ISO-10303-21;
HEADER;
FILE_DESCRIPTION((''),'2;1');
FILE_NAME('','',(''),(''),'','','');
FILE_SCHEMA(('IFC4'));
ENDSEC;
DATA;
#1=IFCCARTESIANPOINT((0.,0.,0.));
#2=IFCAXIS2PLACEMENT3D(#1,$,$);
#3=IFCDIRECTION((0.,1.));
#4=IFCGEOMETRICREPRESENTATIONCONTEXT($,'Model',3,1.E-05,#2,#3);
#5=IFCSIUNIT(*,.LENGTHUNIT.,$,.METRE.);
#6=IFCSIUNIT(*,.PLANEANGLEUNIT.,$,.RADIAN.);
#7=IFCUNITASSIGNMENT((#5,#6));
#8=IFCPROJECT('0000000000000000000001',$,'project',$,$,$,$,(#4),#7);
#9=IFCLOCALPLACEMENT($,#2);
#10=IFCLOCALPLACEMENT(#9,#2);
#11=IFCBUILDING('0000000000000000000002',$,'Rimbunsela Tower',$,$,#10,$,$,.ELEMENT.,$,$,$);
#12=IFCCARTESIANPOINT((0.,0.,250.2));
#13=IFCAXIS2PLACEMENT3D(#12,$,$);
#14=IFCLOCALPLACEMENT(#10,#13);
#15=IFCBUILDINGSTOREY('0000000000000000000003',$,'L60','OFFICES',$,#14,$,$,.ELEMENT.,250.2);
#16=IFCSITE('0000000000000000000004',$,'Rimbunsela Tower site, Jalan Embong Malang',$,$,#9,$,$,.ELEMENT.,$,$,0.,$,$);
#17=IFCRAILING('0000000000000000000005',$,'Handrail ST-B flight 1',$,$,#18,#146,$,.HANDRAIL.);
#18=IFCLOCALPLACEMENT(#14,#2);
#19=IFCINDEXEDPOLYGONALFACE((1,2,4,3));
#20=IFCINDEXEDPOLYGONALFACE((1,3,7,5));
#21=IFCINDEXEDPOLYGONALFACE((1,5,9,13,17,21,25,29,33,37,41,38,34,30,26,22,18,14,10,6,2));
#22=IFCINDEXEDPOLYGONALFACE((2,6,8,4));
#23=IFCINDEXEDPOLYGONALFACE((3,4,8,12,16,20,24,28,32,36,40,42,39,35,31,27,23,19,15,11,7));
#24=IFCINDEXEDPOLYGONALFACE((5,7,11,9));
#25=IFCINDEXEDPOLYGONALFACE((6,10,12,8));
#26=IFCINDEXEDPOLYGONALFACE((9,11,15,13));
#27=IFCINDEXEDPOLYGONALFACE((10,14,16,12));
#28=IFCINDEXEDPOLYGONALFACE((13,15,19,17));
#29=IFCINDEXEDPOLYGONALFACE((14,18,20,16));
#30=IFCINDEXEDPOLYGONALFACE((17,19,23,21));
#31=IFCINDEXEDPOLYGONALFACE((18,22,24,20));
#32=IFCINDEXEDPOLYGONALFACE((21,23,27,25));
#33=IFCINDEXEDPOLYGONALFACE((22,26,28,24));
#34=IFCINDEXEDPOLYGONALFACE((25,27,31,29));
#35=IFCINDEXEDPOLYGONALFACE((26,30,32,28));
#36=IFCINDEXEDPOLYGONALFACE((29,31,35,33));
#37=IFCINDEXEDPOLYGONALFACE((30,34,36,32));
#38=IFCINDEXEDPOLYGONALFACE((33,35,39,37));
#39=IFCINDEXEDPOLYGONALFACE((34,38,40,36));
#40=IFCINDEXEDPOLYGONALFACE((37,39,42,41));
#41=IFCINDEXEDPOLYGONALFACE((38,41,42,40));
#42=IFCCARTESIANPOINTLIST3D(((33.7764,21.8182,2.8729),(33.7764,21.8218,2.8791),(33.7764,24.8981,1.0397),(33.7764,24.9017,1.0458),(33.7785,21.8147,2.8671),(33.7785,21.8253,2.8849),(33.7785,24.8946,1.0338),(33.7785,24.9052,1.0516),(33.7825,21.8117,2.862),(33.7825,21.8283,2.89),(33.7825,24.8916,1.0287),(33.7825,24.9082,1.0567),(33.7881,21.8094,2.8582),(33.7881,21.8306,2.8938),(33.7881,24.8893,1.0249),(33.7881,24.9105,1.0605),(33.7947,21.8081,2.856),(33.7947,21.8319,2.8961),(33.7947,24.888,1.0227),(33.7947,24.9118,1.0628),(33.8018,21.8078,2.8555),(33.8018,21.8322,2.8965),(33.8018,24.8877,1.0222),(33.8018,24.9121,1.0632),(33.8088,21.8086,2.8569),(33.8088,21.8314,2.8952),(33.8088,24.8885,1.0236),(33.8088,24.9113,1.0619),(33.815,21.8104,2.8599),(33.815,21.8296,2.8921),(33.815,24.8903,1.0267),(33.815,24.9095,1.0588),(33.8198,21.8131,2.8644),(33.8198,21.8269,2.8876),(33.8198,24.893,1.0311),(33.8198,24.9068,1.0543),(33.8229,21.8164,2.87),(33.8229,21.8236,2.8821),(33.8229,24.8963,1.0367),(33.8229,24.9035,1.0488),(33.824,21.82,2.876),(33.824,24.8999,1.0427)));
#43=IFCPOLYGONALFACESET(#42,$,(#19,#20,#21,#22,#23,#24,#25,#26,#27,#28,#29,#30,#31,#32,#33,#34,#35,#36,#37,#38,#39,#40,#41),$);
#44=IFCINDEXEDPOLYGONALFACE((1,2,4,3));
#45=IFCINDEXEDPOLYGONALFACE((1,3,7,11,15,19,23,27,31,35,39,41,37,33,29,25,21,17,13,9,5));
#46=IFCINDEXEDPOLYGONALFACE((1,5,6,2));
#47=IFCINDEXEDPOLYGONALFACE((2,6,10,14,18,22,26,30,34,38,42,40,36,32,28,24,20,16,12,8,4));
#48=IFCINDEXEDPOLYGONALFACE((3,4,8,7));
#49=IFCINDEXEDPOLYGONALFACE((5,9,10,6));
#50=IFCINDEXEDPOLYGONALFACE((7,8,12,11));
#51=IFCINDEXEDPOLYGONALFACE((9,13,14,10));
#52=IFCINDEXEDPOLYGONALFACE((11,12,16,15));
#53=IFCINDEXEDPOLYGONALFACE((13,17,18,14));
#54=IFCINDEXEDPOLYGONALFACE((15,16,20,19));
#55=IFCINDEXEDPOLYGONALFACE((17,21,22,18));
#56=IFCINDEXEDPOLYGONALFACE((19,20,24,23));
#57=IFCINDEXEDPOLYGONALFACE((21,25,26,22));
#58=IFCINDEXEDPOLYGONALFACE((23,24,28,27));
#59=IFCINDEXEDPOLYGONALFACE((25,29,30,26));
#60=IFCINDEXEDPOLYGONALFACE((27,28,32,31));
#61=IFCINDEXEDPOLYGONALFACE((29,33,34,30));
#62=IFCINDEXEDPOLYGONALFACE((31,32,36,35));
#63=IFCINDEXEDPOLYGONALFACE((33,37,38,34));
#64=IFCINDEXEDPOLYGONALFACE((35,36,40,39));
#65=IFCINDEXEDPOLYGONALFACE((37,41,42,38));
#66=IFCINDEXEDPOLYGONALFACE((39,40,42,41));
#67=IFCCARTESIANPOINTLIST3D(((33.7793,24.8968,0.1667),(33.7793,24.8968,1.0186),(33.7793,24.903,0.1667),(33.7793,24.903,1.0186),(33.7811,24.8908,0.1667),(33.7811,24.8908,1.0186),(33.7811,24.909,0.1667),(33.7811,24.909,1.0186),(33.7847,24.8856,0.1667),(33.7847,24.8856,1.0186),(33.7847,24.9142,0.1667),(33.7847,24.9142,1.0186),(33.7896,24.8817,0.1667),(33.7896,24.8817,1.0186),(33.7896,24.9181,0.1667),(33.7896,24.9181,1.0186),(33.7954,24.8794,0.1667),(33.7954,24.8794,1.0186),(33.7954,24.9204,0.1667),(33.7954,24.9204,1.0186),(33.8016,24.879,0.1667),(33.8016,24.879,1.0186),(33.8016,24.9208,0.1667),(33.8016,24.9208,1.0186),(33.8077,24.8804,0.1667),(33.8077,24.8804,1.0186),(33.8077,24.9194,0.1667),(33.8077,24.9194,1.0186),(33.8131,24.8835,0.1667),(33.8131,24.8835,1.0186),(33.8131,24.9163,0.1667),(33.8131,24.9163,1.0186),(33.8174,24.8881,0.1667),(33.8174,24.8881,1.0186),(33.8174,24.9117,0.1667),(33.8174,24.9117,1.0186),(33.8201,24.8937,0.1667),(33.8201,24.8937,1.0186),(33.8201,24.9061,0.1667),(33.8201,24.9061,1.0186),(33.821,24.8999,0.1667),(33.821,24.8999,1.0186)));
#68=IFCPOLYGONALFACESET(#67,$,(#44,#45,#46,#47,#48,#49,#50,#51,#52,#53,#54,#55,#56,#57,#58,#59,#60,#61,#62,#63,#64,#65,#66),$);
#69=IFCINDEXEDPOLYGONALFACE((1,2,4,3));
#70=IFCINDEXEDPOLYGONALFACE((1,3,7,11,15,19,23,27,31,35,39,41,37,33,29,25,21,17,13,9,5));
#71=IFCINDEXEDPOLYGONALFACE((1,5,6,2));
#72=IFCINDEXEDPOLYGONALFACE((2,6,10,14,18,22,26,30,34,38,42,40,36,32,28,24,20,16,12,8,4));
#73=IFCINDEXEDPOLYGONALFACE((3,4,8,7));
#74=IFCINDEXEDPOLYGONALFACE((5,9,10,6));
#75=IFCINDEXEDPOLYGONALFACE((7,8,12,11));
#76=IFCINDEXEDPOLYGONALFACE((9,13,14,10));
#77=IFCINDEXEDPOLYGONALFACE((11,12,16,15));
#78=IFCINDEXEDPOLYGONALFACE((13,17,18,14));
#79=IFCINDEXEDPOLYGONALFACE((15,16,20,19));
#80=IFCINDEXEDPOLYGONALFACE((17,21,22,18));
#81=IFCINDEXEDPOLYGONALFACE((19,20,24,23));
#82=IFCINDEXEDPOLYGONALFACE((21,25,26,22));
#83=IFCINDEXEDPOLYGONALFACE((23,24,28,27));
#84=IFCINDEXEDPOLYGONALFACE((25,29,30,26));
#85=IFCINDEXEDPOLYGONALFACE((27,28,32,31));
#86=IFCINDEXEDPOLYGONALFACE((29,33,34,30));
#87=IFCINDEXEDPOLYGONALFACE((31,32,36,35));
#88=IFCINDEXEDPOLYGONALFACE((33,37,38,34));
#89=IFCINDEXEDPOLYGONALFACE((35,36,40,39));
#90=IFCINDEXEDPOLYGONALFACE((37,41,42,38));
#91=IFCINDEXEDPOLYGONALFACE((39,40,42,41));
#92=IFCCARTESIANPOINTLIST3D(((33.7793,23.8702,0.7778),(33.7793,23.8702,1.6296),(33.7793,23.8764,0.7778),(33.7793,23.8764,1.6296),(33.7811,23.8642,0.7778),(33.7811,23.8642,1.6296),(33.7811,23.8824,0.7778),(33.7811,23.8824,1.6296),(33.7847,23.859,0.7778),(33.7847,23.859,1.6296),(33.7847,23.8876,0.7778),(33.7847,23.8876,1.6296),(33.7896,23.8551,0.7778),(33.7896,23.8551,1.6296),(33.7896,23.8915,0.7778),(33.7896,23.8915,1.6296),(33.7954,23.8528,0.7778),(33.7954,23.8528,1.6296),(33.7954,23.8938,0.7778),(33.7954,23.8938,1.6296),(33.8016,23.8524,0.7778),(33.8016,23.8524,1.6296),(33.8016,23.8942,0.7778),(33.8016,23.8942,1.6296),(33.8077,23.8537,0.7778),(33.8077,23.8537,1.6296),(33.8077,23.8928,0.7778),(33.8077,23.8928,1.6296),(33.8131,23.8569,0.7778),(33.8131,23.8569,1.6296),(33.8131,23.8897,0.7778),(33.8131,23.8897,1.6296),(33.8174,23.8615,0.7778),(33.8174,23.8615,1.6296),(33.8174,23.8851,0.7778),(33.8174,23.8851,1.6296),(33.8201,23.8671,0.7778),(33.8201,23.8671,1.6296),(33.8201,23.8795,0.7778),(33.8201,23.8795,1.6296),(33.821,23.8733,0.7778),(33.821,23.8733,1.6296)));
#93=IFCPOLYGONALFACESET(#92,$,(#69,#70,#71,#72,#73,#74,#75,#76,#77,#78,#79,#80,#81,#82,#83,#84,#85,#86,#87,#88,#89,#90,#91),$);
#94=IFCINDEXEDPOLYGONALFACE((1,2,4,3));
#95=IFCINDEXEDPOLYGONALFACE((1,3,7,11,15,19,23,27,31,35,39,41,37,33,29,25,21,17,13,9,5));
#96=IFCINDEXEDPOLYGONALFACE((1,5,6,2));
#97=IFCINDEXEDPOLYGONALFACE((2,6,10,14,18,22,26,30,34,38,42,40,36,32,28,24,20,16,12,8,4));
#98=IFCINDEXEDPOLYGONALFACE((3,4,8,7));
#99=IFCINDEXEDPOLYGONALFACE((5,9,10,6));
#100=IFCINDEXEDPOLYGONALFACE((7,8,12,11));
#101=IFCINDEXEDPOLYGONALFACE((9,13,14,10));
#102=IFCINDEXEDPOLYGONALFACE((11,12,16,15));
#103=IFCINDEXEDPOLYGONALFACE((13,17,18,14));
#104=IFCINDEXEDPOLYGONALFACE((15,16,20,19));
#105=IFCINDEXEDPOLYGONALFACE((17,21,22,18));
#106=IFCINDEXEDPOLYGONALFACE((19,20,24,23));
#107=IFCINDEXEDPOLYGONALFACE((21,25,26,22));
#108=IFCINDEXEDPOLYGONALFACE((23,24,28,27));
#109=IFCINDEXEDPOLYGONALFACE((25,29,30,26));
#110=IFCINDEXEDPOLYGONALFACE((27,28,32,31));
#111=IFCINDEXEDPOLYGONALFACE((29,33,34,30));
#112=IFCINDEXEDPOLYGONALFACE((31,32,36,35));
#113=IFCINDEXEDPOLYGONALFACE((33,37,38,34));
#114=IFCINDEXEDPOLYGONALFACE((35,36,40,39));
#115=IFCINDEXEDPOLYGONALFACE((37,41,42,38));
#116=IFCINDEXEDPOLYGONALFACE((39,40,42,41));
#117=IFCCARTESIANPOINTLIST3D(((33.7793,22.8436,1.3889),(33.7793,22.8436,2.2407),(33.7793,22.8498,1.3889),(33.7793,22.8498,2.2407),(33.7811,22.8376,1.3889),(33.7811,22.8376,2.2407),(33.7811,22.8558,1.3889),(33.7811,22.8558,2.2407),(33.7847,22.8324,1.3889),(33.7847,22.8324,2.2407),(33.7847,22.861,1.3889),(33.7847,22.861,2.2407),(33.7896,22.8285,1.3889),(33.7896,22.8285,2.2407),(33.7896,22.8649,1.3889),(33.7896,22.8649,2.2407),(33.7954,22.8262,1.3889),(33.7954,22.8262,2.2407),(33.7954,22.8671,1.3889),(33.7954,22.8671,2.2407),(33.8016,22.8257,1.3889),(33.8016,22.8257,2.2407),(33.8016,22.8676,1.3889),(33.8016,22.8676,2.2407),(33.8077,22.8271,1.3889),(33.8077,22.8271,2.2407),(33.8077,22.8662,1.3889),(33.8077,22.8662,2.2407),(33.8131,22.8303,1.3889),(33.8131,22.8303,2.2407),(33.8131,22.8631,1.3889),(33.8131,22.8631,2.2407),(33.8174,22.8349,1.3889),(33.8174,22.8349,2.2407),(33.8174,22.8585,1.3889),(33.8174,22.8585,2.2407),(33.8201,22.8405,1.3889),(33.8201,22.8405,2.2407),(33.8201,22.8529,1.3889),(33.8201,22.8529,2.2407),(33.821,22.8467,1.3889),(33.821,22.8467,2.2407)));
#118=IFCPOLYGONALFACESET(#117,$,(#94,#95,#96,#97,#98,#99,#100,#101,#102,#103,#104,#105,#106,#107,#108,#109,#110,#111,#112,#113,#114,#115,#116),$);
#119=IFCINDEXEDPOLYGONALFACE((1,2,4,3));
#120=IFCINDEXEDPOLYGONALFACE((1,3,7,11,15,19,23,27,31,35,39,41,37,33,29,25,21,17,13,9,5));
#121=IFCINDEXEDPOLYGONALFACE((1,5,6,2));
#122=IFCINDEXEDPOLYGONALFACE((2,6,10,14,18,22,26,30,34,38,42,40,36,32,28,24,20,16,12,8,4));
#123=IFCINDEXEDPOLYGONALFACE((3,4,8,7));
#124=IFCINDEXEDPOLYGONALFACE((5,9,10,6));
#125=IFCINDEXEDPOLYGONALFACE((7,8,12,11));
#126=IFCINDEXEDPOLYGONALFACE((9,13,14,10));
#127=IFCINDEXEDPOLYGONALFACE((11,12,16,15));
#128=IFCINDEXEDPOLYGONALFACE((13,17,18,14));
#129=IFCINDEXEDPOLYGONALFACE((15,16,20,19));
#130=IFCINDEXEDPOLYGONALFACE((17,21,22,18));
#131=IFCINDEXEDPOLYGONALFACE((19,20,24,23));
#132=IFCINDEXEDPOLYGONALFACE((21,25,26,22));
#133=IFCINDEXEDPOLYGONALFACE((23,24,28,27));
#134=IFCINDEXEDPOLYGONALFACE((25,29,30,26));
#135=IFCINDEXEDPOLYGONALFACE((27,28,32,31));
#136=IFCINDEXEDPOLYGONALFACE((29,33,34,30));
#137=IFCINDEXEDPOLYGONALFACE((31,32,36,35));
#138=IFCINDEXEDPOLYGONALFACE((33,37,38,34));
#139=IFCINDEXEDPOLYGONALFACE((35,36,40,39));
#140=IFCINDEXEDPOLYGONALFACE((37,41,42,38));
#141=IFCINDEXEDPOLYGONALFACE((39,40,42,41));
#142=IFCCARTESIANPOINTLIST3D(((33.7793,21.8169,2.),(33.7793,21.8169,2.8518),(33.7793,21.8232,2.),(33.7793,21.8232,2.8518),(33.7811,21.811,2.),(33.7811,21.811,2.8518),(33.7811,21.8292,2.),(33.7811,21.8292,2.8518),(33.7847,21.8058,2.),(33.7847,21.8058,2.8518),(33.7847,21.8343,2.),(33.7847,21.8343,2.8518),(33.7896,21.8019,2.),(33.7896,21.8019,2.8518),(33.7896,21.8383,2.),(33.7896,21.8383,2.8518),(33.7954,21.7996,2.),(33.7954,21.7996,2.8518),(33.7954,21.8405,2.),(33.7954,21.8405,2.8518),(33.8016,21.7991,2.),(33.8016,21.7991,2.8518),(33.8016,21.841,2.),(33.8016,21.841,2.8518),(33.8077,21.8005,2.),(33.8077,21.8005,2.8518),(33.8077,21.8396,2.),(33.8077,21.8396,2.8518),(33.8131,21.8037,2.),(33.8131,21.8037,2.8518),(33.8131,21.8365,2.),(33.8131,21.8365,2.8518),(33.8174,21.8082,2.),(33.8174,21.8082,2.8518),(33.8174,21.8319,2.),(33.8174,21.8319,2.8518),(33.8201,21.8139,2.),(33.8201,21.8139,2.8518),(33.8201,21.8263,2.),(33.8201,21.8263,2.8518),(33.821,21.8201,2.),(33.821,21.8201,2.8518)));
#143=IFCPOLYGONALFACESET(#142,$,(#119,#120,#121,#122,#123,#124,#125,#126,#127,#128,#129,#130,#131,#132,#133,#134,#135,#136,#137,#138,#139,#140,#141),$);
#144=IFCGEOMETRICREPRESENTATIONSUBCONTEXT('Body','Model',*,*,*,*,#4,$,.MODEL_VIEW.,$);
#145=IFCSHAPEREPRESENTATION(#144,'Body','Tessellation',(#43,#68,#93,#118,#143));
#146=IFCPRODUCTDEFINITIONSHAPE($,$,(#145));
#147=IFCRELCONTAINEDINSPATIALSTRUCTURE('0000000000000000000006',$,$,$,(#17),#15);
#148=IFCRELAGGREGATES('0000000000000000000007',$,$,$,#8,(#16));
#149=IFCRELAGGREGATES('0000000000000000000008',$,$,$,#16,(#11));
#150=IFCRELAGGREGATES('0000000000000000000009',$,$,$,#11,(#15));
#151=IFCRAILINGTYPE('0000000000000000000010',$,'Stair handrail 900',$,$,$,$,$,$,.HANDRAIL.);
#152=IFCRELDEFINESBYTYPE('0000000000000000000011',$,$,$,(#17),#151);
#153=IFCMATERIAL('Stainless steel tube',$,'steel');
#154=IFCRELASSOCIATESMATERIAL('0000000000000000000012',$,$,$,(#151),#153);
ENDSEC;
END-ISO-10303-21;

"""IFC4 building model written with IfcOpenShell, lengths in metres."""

from ifc_helpers import new_model, si_unit, direction, frame, origin, origin_2d, place, context, subcontext, project, spatial, circle, extrude, material, type_object, element, save


model = new_model("IFC4")

# Units and contexts
model_context = context("Model", 3, precision=1e-05, world=origin(), true_north=direction((0.0, 1.0)))
body_context = subcontext(model_context, "Body", "Model", "MODEL_VIEW")
ifc_project = project(units=[si_unit("LENGTHUNIT", "METRE"), si_unit("PLANEANGLEUNIT", "RADIAN")], contexts=[model_context])

# Site, building, storey
site_placement = place(None, origin())
site = spatial("IfcSite", under=ifc_project, at=site_placement, Name="Rimbunsela Tower site, Jalan Embong Malang", CompositionType="ELEMENT", RefElevation=0.0)
building_placement = place(site_placement, origin())
building = spatial("IfcBuilding", under=site, at=building_placement, Name="Rimbunsela Tower", CompositionType="ELEMENT")
storey_placement = place(building_placement, frame((0.0, 0.0, 250.2)))
storey = spatial("IfcBuildingStorey", under=building, at=storey_placement, Name="L60", Description="OFFICES", CompositionType="ELEMENT", Elevation=250.2)

# Railing
ifc_material_1 = material(Name="Stainless steel tube", Category="steel")
railing_type = type_object("IfcRailingType", Name="Stair handrail 900", PredefinedType="HANDRAIL", material=ifc_material_1)
railing_placement = place(storey_placement, frame((33.8, 24.8999, 0.1667)))
element("IfcRailing", 1, at=railing_placement, inside=storey, type_object=railing_type, Name="Handrail ST-B flight 1", PredefinedType="HANDRAIL", context=body_context, shape_type="SweptSolid", body=[
    extrude(circle(Radius=0.0239, at=origin_2d()), frame((0.0, 0.0, 0.876), z_axis=(0.0, -0.859291, 0.511487), x_axis=(1.0, 0.0, 0.0)), (0.0, 0.0, 1.0), 3.5842),
    extrude(circle(Radius=0.021, at=origin_2d()), origin(), (0.0, 0.0, 1.0), 0.8518),
    extrude(circle(Radius=0.021, at=origin_2d()), frame((0.0, -1.0266, 0.6111)), (0.0, 0.0, 1.0), 0.8518),
    extrude(circle(Radius=0.021, at=origin_2d()), frame((0.0, -2.0532, 1.2222)), (0.0, 0.0, 1.0), 0.8518),
    extrude(circle(Radius=0.021, at=origin_2d()), frame((0.0, -3.0798, 1.8333)), (0.0, 0.0, 1.0), 0.8518),
])

save(model, "model.ifc")
